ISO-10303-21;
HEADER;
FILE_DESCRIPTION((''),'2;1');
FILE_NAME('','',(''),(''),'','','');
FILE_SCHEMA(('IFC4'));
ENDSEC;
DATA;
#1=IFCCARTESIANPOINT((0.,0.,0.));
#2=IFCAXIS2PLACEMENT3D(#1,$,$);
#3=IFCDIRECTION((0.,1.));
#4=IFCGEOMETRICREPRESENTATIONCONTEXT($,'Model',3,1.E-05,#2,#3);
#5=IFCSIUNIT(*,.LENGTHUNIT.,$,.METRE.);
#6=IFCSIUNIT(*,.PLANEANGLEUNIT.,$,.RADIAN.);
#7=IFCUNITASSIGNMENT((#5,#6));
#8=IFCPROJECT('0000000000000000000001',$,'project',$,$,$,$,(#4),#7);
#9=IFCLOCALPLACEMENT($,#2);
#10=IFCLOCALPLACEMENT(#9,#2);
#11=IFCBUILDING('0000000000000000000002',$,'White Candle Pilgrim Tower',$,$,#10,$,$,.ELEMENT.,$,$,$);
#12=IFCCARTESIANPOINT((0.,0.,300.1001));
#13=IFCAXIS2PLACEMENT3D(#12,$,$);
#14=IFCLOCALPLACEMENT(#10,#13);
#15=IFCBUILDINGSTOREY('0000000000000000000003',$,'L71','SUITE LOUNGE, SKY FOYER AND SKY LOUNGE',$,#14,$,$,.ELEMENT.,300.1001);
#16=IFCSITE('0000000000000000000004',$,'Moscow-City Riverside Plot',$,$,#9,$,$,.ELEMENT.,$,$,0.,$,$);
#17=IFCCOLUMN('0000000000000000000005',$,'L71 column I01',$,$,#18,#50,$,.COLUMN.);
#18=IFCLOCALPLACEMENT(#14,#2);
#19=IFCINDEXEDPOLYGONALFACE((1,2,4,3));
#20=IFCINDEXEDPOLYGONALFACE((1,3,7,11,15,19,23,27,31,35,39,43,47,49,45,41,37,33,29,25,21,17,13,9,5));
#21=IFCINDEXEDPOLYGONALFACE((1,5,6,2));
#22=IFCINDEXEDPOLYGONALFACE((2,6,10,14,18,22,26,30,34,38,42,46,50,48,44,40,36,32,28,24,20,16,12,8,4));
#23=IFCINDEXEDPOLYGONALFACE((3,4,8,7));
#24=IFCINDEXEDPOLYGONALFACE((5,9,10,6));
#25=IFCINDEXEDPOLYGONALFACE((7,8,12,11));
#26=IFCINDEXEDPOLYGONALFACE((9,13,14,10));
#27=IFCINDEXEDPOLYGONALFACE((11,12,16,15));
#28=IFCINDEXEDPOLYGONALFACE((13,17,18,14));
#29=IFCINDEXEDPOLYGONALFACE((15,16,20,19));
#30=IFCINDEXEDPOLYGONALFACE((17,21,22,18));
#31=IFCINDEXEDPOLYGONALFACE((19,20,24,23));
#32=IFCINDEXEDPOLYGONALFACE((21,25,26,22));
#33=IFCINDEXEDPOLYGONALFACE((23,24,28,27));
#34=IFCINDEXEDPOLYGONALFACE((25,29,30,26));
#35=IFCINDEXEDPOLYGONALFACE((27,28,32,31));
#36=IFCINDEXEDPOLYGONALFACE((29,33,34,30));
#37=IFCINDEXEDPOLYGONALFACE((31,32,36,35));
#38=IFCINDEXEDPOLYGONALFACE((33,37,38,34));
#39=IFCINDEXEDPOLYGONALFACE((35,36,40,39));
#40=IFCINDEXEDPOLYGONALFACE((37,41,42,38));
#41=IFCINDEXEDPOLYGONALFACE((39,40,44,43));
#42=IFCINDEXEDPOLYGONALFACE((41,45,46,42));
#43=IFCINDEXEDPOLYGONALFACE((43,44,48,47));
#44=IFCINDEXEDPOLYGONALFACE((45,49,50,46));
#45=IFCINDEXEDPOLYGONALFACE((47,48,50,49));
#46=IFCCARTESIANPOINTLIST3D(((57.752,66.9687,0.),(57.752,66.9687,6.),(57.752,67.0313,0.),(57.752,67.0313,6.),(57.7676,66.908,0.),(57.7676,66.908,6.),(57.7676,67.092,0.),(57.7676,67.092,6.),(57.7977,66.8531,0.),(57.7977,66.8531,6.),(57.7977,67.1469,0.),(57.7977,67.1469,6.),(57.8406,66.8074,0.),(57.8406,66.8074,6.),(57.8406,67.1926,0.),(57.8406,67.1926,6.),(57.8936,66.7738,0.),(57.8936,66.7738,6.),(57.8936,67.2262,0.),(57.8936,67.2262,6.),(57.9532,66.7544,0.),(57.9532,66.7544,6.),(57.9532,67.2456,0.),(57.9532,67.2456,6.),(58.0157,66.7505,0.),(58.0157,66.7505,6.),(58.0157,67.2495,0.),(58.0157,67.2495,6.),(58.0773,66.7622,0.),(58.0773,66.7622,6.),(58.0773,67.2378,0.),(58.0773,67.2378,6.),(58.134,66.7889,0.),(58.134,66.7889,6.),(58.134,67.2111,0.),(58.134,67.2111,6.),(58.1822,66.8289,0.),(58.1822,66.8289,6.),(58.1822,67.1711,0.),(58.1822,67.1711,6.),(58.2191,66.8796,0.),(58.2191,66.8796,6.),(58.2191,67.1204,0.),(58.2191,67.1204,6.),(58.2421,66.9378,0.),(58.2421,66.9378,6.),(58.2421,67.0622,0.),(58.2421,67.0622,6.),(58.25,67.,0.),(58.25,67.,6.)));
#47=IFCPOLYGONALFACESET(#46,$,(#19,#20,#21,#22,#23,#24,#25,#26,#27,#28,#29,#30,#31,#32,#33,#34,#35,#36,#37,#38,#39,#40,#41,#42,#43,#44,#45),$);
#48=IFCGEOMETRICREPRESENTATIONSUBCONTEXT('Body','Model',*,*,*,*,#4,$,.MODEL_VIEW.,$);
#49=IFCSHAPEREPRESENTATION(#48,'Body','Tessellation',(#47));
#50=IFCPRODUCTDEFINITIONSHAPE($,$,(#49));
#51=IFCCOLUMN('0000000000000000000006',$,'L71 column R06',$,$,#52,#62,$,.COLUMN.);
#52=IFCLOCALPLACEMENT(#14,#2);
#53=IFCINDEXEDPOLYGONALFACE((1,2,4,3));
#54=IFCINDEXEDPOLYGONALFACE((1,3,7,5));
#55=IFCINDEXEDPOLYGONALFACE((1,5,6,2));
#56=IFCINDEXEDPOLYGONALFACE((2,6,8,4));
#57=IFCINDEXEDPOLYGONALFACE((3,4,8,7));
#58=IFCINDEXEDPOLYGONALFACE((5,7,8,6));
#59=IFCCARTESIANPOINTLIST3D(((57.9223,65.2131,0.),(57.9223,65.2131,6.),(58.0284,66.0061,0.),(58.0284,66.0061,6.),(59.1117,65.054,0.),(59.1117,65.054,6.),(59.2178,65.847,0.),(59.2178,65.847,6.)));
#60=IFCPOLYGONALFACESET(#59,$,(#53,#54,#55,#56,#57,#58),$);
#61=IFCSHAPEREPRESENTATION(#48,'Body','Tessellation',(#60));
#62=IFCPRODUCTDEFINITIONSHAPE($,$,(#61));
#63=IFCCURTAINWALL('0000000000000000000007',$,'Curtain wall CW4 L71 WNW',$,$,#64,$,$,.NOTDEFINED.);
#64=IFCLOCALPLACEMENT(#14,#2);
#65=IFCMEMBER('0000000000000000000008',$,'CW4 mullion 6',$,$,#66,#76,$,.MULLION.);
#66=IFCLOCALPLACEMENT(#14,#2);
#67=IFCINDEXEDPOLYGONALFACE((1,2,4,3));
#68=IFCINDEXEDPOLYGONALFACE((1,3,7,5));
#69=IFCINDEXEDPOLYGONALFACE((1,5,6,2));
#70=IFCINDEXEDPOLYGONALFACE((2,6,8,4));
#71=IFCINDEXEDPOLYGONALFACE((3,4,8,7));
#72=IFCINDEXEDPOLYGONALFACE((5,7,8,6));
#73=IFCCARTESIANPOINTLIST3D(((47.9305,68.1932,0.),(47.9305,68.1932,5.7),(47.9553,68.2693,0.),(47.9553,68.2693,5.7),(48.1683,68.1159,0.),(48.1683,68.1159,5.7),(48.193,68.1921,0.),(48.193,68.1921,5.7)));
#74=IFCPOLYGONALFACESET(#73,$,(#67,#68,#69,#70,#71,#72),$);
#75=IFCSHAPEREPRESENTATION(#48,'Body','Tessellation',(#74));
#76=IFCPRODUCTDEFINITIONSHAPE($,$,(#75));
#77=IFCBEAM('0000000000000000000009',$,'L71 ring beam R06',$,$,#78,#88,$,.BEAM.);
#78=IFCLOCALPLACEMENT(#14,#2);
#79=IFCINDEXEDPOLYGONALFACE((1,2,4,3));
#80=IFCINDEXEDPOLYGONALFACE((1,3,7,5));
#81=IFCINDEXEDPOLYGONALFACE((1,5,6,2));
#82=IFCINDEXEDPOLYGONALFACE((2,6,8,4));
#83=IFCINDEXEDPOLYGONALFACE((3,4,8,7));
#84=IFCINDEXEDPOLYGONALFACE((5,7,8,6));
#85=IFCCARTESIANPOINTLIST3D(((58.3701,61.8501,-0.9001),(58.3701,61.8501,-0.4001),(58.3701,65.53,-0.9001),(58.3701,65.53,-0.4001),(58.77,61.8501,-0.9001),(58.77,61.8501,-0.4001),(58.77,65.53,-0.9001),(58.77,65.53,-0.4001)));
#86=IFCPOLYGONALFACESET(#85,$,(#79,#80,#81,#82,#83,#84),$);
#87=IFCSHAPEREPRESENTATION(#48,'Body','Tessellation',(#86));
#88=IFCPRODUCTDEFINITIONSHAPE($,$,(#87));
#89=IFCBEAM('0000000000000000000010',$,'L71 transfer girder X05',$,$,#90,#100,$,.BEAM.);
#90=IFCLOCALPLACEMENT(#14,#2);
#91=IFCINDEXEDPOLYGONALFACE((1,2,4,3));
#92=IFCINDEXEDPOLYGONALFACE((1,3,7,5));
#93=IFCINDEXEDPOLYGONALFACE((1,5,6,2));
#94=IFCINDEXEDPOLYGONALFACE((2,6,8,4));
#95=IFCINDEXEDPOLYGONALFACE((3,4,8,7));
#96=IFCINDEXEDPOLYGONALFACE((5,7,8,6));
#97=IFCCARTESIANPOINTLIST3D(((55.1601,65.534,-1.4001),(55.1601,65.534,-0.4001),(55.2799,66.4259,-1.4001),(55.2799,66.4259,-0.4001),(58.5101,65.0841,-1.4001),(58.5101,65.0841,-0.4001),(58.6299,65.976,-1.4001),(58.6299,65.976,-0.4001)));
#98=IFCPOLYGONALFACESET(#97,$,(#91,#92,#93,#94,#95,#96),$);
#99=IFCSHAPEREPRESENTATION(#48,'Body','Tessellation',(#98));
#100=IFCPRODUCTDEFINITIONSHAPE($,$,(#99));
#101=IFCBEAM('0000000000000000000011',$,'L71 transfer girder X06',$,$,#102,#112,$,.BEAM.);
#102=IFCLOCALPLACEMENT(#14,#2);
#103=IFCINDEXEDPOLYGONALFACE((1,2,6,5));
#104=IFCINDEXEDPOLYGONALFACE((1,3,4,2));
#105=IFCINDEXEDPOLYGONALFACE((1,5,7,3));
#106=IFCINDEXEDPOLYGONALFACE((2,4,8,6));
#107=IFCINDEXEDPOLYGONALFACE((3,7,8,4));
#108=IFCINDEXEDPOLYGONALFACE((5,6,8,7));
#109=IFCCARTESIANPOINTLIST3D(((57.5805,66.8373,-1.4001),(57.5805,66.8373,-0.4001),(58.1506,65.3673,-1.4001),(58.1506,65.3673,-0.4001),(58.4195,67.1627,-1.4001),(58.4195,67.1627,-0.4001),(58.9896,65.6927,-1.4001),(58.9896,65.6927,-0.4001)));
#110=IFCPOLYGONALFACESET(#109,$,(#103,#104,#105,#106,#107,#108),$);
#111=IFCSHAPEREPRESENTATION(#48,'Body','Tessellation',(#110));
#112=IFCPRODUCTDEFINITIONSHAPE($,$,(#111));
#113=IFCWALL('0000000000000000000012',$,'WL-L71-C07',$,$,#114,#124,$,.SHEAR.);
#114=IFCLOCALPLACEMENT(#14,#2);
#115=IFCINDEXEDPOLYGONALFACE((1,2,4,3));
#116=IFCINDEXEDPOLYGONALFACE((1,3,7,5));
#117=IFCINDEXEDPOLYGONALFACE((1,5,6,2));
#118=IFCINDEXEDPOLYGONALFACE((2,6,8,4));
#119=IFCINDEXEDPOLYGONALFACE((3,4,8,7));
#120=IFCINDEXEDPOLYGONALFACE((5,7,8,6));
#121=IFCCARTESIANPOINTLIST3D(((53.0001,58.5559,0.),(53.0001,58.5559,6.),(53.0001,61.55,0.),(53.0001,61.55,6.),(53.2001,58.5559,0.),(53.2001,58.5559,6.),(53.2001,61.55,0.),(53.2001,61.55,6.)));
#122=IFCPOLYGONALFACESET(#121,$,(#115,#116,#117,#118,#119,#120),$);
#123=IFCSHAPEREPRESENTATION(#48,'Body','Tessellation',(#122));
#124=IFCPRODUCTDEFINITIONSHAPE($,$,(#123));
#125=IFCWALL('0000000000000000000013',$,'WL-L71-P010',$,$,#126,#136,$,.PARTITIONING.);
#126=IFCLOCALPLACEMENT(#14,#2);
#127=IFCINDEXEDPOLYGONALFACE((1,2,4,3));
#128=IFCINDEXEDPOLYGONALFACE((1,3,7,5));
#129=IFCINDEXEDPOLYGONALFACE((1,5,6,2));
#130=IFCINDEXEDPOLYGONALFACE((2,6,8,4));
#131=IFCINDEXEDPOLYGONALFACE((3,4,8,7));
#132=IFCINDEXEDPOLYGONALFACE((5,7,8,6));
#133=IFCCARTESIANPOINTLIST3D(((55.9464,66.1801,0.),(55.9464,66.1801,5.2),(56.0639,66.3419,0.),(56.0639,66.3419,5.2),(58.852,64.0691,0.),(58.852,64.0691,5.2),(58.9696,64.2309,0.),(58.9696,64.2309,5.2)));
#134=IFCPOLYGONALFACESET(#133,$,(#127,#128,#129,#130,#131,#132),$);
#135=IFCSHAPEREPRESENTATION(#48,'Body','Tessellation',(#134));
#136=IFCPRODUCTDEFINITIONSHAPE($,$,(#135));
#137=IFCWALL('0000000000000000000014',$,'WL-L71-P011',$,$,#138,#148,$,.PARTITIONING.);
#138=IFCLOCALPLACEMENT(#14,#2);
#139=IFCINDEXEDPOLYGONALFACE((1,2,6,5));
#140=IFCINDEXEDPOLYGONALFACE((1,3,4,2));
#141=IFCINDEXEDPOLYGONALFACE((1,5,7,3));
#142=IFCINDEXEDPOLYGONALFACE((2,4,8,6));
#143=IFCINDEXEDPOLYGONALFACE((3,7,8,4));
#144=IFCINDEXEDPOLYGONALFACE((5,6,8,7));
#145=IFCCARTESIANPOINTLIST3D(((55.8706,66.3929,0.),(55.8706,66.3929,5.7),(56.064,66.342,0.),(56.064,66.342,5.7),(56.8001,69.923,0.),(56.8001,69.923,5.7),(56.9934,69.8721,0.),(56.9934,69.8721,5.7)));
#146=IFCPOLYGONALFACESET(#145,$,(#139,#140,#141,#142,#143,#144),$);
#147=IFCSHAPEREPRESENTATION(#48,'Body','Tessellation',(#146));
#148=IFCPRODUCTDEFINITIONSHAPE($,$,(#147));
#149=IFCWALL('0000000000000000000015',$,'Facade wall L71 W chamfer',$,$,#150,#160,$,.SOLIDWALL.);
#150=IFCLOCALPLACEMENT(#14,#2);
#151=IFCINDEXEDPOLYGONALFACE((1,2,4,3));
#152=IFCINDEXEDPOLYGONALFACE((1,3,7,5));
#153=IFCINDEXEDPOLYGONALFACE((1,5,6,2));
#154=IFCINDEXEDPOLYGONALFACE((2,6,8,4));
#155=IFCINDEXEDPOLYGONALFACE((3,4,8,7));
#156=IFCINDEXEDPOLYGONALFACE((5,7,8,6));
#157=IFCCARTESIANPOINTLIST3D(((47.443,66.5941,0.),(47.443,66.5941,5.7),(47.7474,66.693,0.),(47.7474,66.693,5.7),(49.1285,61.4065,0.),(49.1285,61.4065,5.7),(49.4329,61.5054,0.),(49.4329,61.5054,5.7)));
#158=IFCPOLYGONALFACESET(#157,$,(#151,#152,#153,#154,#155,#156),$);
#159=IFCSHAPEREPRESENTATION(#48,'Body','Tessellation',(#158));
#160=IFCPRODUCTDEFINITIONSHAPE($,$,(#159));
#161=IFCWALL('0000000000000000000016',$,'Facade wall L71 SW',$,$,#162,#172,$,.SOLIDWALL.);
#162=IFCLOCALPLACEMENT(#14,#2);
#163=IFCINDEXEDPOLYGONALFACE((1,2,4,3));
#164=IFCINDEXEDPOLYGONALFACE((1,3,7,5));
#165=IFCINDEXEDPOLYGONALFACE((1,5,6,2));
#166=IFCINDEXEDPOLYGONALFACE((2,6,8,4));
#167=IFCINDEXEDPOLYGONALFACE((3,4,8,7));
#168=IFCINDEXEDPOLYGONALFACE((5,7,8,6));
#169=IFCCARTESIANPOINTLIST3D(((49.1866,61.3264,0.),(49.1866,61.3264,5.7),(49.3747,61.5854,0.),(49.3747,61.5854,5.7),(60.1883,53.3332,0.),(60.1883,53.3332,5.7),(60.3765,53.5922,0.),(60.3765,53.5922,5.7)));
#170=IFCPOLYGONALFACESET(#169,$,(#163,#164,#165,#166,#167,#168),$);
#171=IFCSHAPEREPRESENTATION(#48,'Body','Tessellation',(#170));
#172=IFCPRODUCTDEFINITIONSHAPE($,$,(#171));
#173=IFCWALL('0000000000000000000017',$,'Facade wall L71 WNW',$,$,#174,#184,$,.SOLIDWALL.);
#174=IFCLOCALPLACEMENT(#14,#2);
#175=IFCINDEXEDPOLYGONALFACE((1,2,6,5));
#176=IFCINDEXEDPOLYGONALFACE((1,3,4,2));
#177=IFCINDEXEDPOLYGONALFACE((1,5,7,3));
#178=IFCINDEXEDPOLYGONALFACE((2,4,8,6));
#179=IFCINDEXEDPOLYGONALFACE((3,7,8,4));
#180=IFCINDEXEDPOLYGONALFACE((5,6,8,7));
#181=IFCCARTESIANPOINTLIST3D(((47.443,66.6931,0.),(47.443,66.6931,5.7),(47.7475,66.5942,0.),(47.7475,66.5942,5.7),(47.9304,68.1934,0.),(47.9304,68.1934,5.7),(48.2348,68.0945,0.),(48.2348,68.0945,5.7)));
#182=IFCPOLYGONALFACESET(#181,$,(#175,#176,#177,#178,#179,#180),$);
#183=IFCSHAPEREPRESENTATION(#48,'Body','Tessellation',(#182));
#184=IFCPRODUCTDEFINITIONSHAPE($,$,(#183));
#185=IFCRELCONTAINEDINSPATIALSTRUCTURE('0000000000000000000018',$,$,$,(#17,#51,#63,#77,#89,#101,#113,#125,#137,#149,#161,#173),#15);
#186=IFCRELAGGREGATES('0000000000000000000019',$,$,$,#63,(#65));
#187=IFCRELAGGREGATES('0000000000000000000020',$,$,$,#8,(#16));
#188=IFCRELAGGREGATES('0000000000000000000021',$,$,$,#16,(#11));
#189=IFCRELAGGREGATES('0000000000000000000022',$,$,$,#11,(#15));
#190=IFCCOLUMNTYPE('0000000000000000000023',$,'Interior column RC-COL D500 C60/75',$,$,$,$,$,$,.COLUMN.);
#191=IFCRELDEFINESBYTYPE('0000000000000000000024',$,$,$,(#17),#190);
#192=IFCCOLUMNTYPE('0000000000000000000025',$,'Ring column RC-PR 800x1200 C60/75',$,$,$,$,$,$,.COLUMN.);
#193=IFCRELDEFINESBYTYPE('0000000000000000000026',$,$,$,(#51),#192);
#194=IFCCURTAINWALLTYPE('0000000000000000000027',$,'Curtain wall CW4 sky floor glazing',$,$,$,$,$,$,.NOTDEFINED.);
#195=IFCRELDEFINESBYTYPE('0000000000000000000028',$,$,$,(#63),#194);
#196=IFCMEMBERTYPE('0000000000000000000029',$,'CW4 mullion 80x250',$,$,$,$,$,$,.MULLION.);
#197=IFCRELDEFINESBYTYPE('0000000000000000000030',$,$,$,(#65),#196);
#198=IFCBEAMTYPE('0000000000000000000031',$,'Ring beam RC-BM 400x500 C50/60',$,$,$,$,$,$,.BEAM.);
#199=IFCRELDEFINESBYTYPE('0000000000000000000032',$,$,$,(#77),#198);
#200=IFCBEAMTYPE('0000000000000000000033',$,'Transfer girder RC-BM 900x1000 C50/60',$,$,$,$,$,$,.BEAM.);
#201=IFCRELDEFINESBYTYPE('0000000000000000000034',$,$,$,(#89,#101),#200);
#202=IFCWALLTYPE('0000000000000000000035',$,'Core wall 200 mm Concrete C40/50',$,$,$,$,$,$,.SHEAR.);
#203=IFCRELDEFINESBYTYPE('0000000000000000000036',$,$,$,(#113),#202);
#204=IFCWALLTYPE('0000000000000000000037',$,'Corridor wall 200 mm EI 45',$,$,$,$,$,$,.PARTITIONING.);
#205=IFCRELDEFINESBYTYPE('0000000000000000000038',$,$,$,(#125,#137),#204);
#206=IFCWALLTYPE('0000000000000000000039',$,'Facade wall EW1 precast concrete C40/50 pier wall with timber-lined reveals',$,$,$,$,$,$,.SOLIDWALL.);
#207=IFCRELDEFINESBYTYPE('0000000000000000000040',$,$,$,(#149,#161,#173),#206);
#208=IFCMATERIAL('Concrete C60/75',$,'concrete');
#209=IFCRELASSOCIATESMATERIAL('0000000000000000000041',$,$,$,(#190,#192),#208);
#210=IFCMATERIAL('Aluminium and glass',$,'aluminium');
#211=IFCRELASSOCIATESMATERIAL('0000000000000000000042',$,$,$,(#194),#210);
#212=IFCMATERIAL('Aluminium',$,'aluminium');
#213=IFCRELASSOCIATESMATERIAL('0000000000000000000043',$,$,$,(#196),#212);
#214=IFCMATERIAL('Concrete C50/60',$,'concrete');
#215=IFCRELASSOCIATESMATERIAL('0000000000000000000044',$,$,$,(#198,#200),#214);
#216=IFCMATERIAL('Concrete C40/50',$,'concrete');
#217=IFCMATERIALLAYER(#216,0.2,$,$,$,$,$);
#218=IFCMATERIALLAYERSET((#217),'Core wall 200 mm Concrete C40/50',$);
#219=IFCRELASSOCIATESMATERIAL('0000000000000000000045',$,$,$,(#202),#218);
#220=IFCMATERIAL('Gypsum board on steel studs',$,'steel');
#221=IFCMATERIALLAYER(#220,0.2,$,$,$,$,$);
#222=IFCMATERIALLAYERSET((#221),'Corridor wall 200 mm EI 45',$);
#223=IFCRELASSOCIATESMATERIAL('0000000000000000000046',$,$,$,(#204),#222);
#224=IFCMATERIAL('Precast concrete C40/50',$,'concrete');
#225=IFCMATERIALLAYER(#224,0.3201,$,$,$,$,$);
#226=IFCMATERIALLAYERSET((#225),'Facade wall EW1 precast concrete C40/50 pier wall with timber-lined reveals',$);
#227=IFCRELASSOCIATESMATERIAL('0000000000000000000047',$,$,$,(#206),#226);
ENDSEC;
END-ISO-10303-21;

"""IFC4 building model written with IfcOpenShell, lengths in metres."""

from ifc_helpers import new_model, si_unit, direction, frame, frame_2d, origin, origin_2d, place, context, subcontext, project, spatial, rectangle, circle, extrude, material, layer, layer_set, material_profile, profile_set, type_object, element, aggregate, save


model = new_model("IFC4")

# Units and contexts
model_context = context("Model", 3, precision=1e-05, world=origin(), true_north=direction((0.0, 1.0)))
body_context = subcontext(model_context, "Body", "Model", "MODEL_VIEW")
ifc_project = project(units=[si_unit("LENGTHUNIT", "METRE"), si_unit("PLANEANGLEUNIT", "RADIAN")], contexts=[model_context])

# Site, building, storey
site_placement = place(None, origin())
site = spatial("IfcSite", under=ifc_project, at=site_placement, Name="Moscow-City Riverside Plot", CompositionType="ELEMENT", RefElevation=0.0)
building_placement = place(site_placement, origin())
building = spatial("IfcBuilding", under=site, at=building_placement, Name="White Candle Pilgrim Tower", CompositionType="ELEMENT")
storey_placement = place(building_placement, frame((0.0, 0.0, 300.1001)))
storey = spatial("IfcBuildingStorey", under=building, at=storey_placement, Name="L71", Description="SUITE LOUNGE, SKY FOYER AND SKY LOUNGE", CompositionType="ELEMENT", Elevation=300.1001)

# Columns
ifc_material_1 = material(Name="Concrete C60/75", Category="concrete")
ifc_material_profile_1 = material_profile(ifc_material_1, circle(Radius=0.25, at=origin_2d()), Name="RC-COL D500")
ifc_profile_set_1 = profile_set([ifc_material_profile_1], Name="Concrete C60/75")
column_type_1 = type_object("IfcColumnType", Name="Interior column RC-COL D500 C60/75", PredefinedType="COLUMN", material=ifc_profile_set_1)
column_1_placement = place(storey_placement, frame((58.0, 67.0, 0.0), z_axis=(0.0, 0.0, 1.0), x_axis=(1.0, 0.0, 0.0)))
element("IfcColumn", 1, at=column_1_placement, inside=storey, type_object=column_type_1, Name="L71 column I01", PredefinedType="COLUMN", context=body_context, shape_type="SweptSolid", body=[
    extrude(circle(Radius=0.25, at=origin_2d()), origin(), (0.0, 0.0, 1.0), 6.0),
])
ifc_material_profile_2 = material_profile(ifc_material_1, rectangle(XDim=0.8, YDim=1.2, at=origin_2d()), Name="RC-PR 800x1200")
ifc_profile_set_2 = profile_set([ifc_material_profile_2], Name="Concrete C60/75")
column_type_2 = type_object("IfcColumnType", Name="Ring column RC-PR 800x1200 C60/75", PredefinedType="COLUMN", material=ifc_profile_set_2)
column_2_placement = place(storey_placement, frame((58.5701, 65.53, 0.0), z_axis=(0.0, 0.0, 1.0), x_axis=(0.132602, 0.991169, 0.0)))
element("IfcColumn", 2, at=column_2_placement, inside=storey, type_object=column_type_2, Name="L71 column R06", PredefinedType="COLUMN", context=body_context, shape_type="SweptSolid", body=[
    extrude(rectangle(XDim=0.8, YDim=1.2, at=origin_2d()), origin(), (0.0, 0.0, 1.0), 6.0),
])

# Curtain wall, member
ifc_material_2 = material(Name="Aluminium and glass", Category="aluminium")
curtain_wall_type = type_object("IfcCurtainWallType", Name="Curtain wall CW4 sky floor glazing", PredefinedType="NOTDEFINED", material=ifc_material_2)
curtain_wall_placement = place(storey_placement, origin())
curtain_wall = element("IfcCurtainWall", 3, at=curtain_wall_placement, inside=storey, type_object=curtain_wall_type, Name="Curtain wall CW4 L71 WNW", PredefinedType="NOTDEFINED")
ifc_material_3 = material(Name="Aluminium", Category="aluminium")
ifc_material_profile_3 = material_profile(ifc_material_3, rectangle(XDim=0.25, YDim=0.0801, at=origin_2d()), Name="CW4 mullion 80x250")
ifc_profile_set_3 = profile_set([ifc_material_profile_3], Name="Aluminium")
member_type = type_object("IfcMemberType", Name="CW4 mullion 80x250", PredefinedType="MULLION", material=ifc_profile_set_3)
member_placement = place(storey_placement, frame((48.0618, 68.1926, 0.0), z_axis=(0.0, 0.0, 1.0), x_axis=(0.951057, -0.309017, 0.0)))
member = element("IfcMember", 4, at=member_placement, type_object=member_type, Name="CW4 mullion 6", PredefinedType="MULLION", context=body_context, shape_type="SweptSolid", body=[
    extrude(rectangle(XDim=0.25, YDim=0.0801, at=origin_2d()), origin(), (0.0, 0.0, 1.0), 5.7),
])
aggregate(curtain_wall, [member])

# Beams
ifc_material_4 = material(Name="Concrete C50/60", Category="concrete")
ifc_material_profile_4 = material_profile(ifc_material_4, rectangle(XDim=0.3999, YDim=0.5, at=origin_2d()), Name="RC-BM 400x500")
ifc_profile_set_4 = profile_set([ifc_material_profile_4], Name="Concrete C50/60")
beam_type_1 = type_object("IfcBeamType", Name="Ring beam RC-BM 400x500 C50/60", PredefinedType="BEAM", material=ifc_profile_set_4)
beam_1_placement = place(storey_placement, frame((58.5701, 65.53, -0.6501), z_axis=(0.0, -1.0, 0.0), x_axis=(1.0, 0.0, 0.0)))
element("IfcBeam", 5, at=beam_1_placement, inside=storey, type_object=beam_type_1, Name="L71 ring beam R06", PredefinedType="BEAM", context=body_context, shape_type="SweptSolid", body=[
    extrude(rectangle(XDim=0.3999, YDim=0.5, at=origin_2d()), origin(), (0.0, 0.0, 1.0), 3.6799),
])
ifc_material_profile_5 = material_profile(ifc_material_4, rectangle(XDim=0.8999, YDim=1.0, at=origin_2d()), Name="RC-BM 900x1000")
ifc_profile_set_5 = profile_set([ifc_material_profile_5], Name="Concrete C50/60")
beam_type_2 = type_object("IfcBeamType", Name="Transfer girder RC-BM 900x1000 C50/60", PredefinedType="BEAM", material=ifc_profile_set_5)
beam_2_placement = place(storey_placement, frame((55.22, 65.98, -0.9001), z_axis=(0.991101, -0.133115, 0.0), x_axis=(0.133115, 0.991101, 0.0)))
element("IfcBeam", 6, at=beam_2_placement, inside=storey, type_object=beam_type_2, Name="L71 transfer girder X05", PredefinedType="BEAM", context=body_context, shape_type="SweptSolid", body=[
    extrude(rectangle(XDim=0.8999, YDim=1.0, at=origin_2d()), origin(), (0.0, 0.0, 1.0), 3.3801),
])
beam_3_placement = place(storey_placement, frame((58.5701, 65.53, -0.9001), z_axis=(-0.361572, 0.932344, 0.0), x_axis=(-0.932344, -0.361572, 0.0)))
element("IfcBeam", 7, at=beam_3_placement, inside=storey, type_object=beam_type_2, Name="L71 transfer girder X06", PredefinedType="BEAM", context=body_context, shape_type="SweptSolid", body=[
    extrude(rectangle(XDim=0.8999, YDim=1.0, at=origin_2d()), origin(), (0.0, 0.0, 1.0), 1.5767),
])

# Walls
ifc_material_5 = material(Name="Concrete C40/50", Category="concrete")
ifc_layer_1 = layer(ifc_material_5, 0.2)
ifc_layer_set_1 = layer_set([ifc_layer_1], Name="Core wall 200 mm Concrete C40/50")
wall_type_1 = type_object("IfcWallType", Name="Core wall 200 mm Concrete C40/50", PredefinedType="SHEAR", material=ifc_layer_set_1)
wall_1_placement = place(storey_placement, frame((53.1001, 58.5559, 0.0), z_axis=(0.0, 0.0, 1.0), x_axis=(0.0, 1.0, 0.0)))
element("IfcWall", 8, at=wall_1_placement, inside=storey, type_object=wall_type_1, Name="WL-L71-C07", PredefinedType="SHEAR", context=body_context, shape_type="SweptSolid", body=[
    extrude(rectangle(XDim=2.9941, YDim=0.2, at=frame_2d((1.4971, 0.0))), origin(), (0.0, 0.0, 1.0), 6.0),
])
ifc_material_6 = material(Name="Gypsum board on steel studs", Category="steel")
ifc_layer_2 = layer(ifc_material_6, 0.2)
ifc_layer_set_2 = layer_set([ifc_layer_2], Name="Corridor wall 200 mm EI 45")
wall_type_2 = type_object("IfcWallType", Name="Corridor wall 200 mm EI 45", PredefinedType="PARTITIONING", material=ifc_layer_set_2)
wall_2_placement = place(storey_placement, frame((58.9109, 64.1499, 0.0), z_axis=(0.0, 0.0, 1.0), x_axis=(-0.809027, 0.587771, 0.0)))
element("IfcWall", 9, at=wall_2_placement, inside=storey, type_object=wall_type_2, Name="WL-L71-P010", PredefinedType="PARTITIONING", context=body_context, shape_type="SweptSolid", body=[
    extrude(rectangle(XDim=3.5916, YDim=0.2, at=frame_2d((1.7959, 0.0))), origin(), (0.0, 0.0, 1.0), 5.2),
])
wall_3_placement = place(storey_placement, frame((55.9673, 66.3674, 0.0), z_axis=(0.0, 0.0, 1.0), x_axis=(0.254618, 0.967042, 0.0)))
element("IfcWall", 10, at=wall_3_placement, inside=storey, type_object=wall_type_2, Name="WL-L71-P011", PredefinedType="PARTITIONING", context=body_context, shape_type="SweptSolid", body=[
    extrude(rectangle(XDim=3.6504, YDim=0.2, at=frame_2d((1.8252, 0.0))), origin(), (0.0, 0.0, 1.0), 5.7),
])
ifc_material_7 = material(Name="Precast concrete C40/50", Category="concrete")
ifc_layer_3 = layer(ifc_material_7, 0.3201)
ifc_layer_set_3 = layer_set([ifc_layer_3], Name="Facade wall EW1 precast concrete C40/50 pier wall with timber-lined reveals")
wall_type_3 = type_object("IfcWallType", Name="Facade wall EW1 precast concrete C40/50 pier wall with timber-lined reveals", PredefinedType="SOLIDWALL", material=ifc_layer_set_3)
wall_4_placement = place(storey_placement, frame((47.5952, 66.6436, 0.0), z_axis=(0.0, 0.0, 1.0), x_axis=(0.309008, -0.951059, 0.0)))
element("IfcWall", 11, at=wall_4_placement, inside=storey, type_object=wall_type_3, Name="Facade wall L71 W chamfer", PredefinedType="SOLIDWALL", context=body_context, shape_type="SweptSolid", body=[
    extrude(rectangle(XDim=5.4546, YDim=0.3201, at=frame_2d((2.7273, 0.0))), origin(), (0.0, 0.0, 1.0), 5.7),
])
wall_5_placement = place(storey_placement, frame((49.2808, 61.4558, 0.0), z_axis=(0.0, 0.0, 1.0), x_axis=(0.809019, -0.587783, 0.0)))
element("IfcWall", 12, at=wall_5_placement, inside=storey, type_object=wall_type_3, Name="Facade wall L71 SW", PredefinedType="SOLIDWALL", context=body_context, shape_type="SweptSolid", body=[
    extrude(rectangle(XDim=13.5989, YDim=0.3201, at=frame_2d((6.7993, 0.0))), origin(), (0.0, 0.0, 1.0), 5.7),
])
wall_6_placement = place(storey_placement, frame((48.0825, 68.1438, 0.0), z_axis=(0.0, 0.0, 1.0), x_axis=(-0.308929, -0.951085, 0.0)))
element("IfcWall", 13, at=wall_6_placement, inside=storey, type_object=wall_type_3, Name="Facade wall L71 WNW", PredefinedType="SOLIDWALL", context=body_context, shape_type="SweptSolid", body=[
    extrude(rectangle(XDim=1.5774, YDim=0.3201, at=frame_2d((0.7886, 0.0))), origin(), (0.0, 0.0, 1.0), 5.7),
])

save(model, "model.ifc")
